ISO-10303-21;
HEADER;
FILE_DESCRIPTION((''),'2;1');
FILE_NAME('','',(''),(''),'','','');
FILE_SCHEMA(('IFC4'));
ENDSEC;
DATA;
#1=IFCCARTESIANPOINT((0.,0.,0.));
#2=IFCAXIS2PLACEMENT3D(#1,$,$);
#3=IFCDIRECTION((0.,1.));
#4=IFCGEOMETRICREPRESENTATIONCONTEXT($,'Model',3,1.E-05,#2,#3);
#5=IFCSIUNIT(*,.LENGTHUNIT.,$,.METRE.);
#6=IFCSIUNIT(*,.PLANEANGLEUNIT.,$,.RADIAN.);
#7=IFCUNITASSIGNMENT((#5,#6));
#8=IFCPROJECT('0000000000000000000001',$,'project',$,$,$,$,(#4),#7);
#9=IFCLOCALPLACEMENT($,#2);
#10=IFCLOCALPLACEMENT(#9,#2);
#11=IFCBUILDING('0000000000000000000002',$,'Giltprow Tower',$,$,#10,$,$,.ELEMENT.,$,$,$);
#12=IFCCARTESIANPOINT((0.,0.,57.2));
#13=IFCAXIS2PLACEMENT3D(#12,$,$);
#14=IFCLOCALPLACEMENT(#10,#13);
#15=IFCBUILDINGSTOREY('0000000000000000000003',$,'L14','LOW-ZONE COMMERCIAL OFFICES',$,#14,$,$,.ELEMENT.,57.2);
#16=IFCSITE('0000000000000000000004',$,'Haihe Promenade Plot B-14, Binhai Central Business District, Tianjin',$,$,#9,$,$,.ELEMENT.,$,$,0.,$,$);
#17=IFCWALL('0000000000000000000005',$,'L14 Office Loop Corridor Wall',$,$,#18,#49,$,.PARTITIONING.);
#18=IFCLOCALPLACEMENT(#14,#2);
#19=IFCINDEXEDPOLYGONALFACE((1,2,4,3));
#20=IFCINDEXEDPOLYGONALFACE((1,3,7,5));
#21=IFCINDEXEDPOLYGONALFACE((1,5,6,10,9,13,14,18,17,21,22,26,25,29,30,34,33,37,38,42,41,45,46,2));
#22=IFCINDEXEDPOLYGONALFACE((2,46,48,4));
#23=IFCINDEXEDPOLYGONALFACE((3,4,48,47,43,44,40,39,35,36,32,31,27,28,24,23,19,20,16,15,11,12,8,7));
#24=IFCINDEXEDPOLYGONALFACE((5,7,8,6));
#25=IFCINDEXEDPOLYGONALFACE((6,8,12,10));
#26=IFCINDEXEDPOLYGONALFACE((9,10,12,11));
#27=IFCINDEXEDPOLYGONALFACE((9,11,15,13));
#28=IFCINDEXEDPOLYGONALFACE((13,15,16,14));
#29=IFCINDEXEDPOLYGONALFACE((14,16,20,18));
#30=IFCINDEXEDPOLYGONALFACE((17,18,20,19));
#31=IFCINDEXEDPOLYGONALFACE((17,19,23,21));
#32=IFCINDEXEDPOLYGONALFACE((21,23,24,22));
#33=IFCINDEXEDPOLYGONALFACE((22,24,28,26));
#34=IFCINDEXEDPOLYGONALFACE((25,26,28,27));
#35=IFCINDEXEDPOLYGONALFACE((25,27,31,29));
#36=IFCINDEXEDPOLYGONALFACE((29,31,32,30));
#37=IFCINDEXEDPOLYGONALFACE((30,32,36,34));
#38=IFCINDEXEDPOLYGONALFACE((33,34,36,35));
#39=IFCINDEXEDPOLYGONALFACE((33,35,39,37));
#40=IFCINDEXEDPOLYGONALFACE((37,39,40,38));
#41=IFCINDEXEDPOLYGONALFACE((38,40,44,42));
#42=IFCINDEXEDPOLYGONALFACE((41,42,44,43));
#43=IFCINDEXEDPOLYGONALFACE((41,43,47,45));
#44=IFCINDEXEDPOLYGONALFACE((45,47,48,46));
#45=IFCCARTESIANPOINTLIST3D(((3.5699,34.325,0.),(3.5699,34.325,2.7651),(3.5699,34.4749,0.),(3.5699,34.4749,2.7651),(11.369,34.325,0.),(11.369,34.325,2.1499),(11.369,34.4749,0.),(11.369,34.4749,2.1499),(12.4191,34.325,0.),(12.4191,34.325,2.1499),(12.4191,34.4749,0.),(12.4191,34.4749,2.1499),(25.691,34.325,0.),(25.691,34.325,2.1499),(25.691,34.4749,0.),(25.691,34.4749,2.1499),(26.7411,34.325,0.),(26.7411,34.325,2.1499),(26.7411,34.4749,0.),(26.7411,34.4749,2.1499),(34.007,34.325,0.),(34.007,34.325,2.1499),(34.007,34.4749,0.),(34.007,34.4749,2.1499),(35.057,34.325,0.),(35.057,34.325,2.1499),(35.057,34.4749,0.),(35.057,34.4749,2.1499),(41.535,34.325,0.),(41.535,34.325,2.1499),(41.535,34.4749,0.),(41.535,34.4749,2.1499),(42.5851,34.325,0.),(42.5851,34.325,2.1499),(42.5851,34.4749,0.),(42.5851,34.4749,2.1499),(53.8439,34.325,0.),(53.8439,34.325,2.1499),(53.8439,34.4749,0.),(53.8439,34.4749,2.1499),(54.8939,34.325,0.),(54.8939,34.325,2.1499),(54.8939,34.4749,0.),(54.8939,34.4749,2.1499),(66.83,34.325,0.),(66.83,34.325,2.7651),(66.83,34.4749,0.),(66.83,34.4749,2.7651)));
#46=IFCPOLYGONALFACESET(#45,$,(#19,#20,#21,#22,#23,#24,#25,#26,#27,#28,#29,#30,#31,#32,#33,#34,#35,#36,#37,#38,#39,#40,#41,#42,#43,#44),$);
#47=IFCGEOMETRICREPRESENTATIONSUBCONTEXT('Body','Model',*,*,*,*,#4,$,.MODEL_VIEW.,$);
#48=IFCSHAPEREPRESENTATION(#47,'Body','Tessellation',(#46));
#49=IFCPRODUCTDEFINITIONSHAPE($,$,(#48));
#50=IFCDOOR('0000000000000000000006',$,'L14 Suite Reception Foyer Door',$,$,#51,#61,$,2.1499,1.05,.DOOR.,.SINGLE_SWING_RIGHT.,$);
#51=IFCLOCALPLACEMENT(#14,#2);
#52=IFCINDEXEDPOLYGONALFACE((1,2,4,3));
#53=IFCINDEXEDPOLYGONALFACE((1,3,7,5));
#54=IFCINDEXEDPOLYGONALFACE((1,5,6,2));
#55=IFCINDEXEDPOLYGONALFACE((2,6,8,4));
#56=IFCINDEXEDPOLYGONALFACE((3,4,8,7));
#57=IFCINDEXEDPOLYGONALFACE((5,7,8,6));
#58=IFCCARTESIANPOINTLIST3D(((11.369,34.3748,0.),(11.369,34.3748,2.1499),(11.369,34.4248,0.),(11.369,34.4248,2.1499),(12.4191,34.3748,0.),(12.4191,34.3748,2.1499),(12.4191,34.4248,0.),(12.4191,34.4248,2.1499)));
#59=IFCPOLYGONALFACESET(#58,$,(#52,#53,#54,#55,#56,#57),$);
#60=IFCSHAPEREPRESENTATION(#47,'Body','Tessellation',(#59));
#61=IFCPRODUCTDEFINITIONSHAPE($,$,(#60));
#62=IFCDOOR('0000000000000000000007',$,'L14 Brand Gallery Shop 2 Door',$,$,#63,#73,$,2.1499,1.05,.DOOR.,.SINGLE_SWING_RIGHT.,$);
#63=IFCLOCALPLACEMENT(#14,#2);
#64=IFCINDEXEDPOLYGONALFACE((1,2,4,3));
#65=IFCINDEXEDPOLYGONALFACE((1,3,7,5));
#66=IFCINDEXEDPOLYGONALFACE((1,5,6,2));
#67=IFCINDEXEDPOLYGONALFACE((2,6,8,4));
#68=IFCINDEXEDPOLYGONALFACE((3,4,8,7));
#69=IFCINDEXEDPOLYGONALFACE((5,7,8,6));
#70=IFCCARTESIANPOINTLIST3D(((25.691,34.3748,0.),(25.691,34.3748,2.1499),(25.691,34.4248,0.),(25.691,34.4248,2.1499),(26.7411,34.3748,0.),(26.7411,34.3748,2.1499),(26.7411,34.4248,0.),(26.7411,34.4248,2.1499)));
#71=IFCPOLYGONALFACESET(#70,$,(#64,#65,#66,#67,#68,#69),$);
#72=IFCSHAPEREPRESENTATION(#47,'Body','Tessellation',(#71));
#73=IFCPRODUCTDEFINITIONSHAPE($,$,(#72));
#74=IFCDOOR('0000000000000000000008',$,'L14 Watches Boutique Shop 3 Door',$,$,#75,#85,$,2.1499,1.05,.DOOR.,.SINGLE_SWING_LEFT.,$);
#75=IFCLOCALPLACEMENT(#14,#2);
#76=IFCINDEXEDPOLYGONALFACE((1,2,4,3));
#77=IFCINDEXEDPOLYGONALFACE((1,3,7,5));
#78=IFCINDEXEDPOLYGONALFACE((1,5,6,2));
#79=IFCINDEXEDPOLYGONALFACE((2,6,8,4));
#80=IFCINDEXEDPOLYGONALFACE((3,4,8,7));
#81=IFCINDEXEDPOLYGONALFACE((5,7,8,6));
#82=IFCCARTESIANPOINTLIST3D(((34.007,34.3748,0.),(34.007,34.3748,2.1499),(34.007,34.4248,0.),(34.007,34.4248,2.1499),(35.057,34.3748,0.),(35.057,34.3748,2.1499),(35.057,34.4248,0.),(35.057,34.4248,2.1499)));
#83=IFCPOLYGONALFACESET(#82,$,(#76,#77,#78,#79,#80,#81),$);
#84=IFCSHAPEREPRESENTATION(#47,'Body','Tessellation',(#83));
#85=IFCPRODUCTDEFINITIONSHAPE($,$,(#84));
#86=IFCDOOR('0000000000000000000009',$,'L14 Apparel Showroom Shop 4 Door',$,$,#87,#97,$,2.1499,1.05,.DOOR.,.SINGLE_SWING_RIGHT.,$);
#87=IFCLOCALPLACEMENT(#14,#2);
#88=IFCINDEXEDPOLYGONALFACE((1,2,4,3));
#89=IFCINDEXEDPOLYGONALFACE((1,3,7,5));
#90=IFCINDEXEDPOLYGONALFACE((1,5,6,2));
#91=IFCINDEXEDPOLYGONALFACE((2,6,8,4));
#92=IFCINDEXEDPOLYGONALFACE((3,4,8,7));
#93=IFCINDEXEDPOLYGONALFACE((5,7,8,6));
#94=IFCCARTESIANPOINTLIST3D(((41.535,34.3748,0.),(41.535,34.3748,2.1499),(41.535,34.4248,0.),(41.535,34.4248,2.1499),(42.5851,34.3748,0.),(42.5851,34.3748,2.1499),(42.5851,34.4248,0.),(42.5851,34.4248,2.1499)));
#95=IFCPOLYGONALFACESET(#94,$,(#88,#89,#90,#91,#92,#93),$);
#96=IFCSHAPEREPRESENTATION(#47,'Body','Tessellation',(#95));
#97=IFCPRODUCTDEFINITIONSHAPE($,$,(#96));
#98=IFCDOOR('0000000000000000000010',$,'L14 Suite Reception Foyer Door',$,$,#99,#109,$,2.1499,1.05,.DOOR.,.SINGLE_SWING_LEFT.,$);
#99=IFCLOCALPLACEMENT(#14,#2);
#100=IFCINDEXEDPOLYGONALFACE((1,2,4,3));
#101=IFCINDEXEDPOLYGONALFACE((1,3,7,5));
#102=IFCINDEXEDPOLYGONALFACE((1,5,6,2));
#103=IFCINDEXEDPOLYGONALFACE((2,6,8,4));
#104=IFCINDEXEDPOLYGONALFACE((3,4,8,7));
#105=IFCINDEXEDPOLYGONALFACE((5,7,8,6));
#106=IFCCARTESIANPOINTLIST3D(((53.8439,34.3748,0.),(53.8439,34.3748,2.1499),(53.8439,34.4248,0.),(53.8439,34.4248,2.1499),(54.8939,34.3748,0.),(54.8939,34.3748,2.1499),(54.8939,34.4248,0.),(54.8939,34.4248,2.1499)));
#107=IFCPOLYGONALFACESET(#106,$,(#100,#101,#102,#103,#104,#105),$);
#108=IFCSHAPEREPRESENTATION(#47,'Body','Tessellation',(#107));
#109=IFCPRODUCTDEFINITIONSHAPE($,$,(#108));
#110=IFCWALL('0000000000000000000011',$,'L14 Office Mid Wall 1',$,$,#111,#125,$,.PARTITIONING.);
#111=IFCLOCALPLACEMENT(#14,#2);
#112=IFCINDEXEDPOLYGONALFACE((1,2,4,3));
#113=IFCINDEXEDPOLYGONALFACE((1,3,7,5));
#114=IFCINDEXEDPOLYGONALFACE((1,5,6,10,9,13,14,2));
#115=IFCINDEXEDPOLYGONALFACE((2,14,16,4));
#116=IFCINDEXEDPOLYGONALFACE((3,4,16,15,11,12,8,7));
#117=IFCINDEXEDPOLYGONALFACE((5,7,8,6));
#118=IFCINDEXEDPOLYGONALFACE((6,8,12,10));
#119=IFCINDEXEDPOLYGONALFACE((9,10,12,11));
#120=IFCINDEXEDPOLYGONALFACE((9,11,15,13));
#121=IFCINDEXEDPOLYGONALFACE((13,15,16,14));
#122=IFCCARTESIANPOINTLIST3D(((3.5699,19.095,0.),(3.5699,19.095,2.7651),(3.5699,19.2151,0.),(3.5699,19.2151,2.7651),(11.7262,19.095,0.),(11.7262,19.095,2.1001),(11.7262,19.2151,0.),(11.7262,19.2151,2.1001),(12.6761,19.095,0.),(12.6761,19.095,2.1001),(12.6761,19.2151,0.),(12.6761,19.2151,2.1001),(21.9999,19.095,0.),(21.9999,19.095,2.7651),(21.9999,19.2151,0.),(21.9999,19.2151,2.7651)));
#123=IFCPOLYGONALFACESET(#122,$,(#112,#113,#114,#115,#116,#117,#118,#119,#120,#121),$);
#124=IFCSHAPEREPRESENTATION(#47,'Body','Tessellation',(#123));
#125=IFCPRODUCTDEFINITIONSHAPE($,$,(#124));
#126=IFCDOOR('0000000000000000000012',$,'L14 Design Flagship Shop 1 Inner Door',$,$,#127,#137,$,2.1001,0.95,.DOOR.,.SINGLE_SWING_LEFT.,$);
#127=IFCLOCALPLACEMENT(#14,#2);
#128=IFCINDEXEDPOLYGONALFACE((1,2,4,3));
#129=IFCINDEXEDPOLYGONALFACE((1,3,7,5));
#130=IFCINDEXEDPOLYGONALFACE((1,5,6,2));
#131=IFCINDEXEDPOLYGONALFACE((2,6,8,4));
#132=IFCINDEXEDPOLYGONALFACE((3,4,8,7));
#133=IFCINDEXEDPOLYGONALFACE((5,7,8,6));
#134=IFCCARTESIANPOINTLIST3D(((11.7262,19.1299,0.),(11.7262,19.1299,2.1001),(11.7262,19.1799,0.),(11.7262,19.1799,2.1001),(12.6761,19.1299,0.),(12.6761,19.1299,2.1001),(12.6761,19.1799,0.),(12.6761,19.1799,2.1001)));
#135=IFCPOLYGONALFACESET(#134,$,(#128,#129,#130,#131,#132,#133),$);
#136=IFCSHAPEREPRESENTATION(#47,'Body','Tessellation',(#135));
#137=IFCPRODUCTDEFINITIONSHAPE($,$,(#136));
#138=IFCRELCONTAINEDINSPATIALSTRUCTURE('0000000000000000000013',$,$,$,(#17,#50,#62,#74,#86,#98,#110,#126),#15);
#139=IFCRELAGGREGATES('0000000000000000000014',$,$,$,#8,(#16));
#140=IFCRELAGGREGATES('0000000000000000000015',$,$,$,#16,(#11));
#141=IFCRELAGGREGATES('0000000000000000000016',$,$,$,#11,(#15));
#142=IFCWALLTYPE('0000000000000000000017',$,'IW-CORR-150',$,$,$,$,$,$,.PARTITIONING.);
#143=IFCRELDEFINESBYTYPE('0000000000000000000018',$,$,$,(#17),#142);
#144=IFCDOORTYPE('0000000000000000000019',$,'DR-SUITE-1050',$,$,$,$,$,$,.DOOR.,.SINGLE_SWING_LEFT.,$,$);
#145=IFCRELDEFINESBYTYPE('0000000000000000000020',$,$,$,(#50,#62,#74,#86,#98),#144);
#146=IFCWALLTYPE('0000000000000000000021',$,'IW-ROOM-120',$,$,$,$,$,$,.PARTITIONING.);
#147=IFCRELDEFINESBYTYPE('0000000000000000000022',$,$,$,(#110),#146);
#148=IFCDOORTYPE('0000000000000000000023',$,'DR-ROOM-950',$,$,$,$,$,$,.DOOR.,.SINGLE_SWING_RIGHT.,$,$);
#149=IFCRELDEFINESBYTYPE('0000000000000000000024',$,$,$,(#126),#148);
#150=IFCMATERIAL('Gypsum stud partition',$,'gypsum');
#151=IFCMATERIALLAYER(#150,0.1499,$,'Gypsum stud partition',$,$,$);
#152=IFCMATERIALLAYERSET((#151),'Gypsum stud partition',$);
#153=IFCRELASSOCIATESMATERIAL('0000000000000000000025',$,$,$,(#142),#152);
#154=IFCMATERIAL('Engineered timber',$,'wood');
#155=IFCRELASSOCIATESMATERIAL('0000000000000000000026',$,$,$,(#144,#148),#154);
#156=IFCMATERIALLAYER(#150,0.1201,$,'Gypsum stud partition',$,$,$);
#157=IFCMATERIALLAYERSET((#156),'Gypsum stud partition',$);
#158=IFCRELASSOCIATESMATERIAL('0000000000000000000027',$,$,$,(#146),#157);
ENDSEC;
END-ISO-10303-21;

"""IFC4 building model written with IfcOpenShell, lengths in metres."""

from ifc_helpers import new_model, si_unit, direction, frame, frame_2d, origin, place, context, subcontext, project, spatial, rectangle, extrude, source, transform, mapped, material, layer, layer_set, type_object, element, fill, save


model = new_model("IFC4")

# Units and contexts
model_context = context("Model", 3, precision=1e-05, world=origin(), true_north=direction((0.0, 1.0)))
body_context = subcontext(model_context, "Body", "Model", "MODEL_VIEW")
ifc_project = project(units=[si_unit("LENGTHUNIT", "METRE"), si_unit("PLANEANGLEUNIT", "RADIAN")], contexts=[model_context])

# Site, building, storey
site_placement = place(None, origin())
site = spatial("IfcSite", under=ifc_project, at=site_placement, Name="Haihe Promenade Plot B-14, Binhai Central Business District, Tianjin", CompositionType="ELEMENT", RefElevation=0.0)
building_placement = place(site_placement, origin())
building = spatial("IfcBuilding", under=site, at=building_placement, Name="Giltprow Tower", CompositionType="ELEMENT")
storey_placement = place(building_placement, frame((0.0, 0.0, 57.2)))
storey = spatial("IfcBuildingStorey", under=building, at=storey_placement, Name="L14", Description="LOW-ZONE COMMERCIAL OFFICES", CompositionType="ELEMENT", Elevation=57.2)

# Wall, openings, doors
ifc_material_1 = material(Name="Gypsum stud partition", Category="gypsum")
ifc_layer_1 = layer(ifc_material_1, 0.1499, Name="Gypsum stud partition")
ifc_layer_set_1 = layer_set([ifc_layer_1], Name="Gypsum stud partition")
wall_type_1 = type_object("IfcWallType", Name="IW-CORR-150", PredefinedType="PARTITIONING", material=ifc_layer_set_1)
wall_1_placement = place(storey_placement, frame((3.5701, 34.3999, 0.0), z_axis=(0.0, 0.0, 1.0), x_axis=(1.0, 0.0, 0.0)))
wall_1 = element("IfcWall", 1, at=wall_1_placement, inside=storey, type_object=wall_type_1, Name="L14 Office Loop Corridor Wall", PredefinedType="PARTITIONING", context=body_context, shape_type="SweptSolid", body=[
    extrude(rectangle(XDim=63.26, YDim=0.1499, at=frame_2d((31.6299, 0.0))), origin(), (0.0, 0.0, 1.0), 2.7651),
])
opening_1_placement = place(wall_1_placement, frame((7.7991, 0.0, 0.0)))
opening_1 = element("IfcOpeningElement", 2, at=opening_1_placement, cuts=wall_1, PredefinedType="OPENING", context=body_context, shape_type="SweptSolid", body=[
    extrude(rectangle(XDim=1.05, YDim=2.1499, at=frame_2d((0.5249, 1.075))), frame((0.0, 0.085, 0.0), z_axis=(0.0, -1.0, 0.0), x_axis=(1.0, 0.0, 0.0)), (0.0, 0.0, 1.0), 0.1699),
])
opening_2_placement = place(wall_1_placement, frame((22.1211, 0.0, 0.0)))
opening_2 = element("IfcOpeningElement", 3, at=opening_2_placement, cuts=wall_1, PredefinedType="OPENING", context=body_context, shape_type="SweptSolid", body=[
    extrude(rectangle(XDim=1.05, YDim=2.1499, at=frame_2d((0.5249, 1.075))), frame((0.0, 0.085, 0.0), z_axis=(0.0, -1.0, 0.0), x_axis=(1.0, 0.0, 0.0)), (0.0, 0.0, 1.0), 0.1699),
])
opening_3_placement = place(wall_1_placement, frame((30.437, 0.0, 0.0)))
opening_3 = element("IfcOpeningElement", 4, at=opening_3_placement, cuts=wall_1, PredefinedType="OPENING", context=body_context, shape_type="SweptSolid", body=[
    extrude(rectangle(XDim=1.05, YDim=2.1499, at=frame_2d((0.5249, 1.075))), frame((0.0, 0.085, 0.0), z_axis=(0.0, -1.0, 0.0), x_axis=(1.0, 0.0, 0.0)), (0.0, 0.0, 1.0), 0.1699),
])
opening_4_placement = place(wall_1_placement, frame((37.9651, 0.0, 0.0)))
opening_4 = element("IfcOpeningElement", 5, at=opening_4_placement, cuts=wall_1, PredefinedType="OPENING", context=body_context, shape_type="SweptSolid", body=[
    extrude(rectangle(XDim=1.05, YDim=2.1499, at=frame_2d((0.5249, 1.075))), frame((0.0, 0.085, 0.0), z_axis=(0.0, -1.0, 0.0), x_axis=(1.0, 0.0, 0.0)), (0.0, 0.0, 1.0), 0.1699),
])
opening_5_placement = place(wall_1_placement, frame((50.2739, 0.0, 0.0)))
opening_5 = element("IfcOpeningElement", 6, at=opening_5_placement, cuts=wall_1, PredefinedType="OPENING", context=body_context, shape_type="SweptSolid", body=[
    extrude(rectangle(XDim=1.05, YDim=2.1499, at=frame_2d((0.5249, 1.075))), frame((0.0, 0.085, 0.0), z_axis=(0.0, -1.0, 0.0), x_axis=(1.0, 0.0, 0.0)), (0.0, 0.0, 1.0), 0.1699),
])
ifc_material_2 = material(Name="Engineered timber", Category="wood")
door_type_1 = type_object("IfcDoorType", Name="DR-SUITE-1050", OperationType="SINGLE_SWING_LEFT", PredefinedType="DOOR", material=ifc_material_2)
shared_shape_1 = source(origin(), body_context, "Body", "SweptSolid", [
    extrude(rectangle(XDim=1.05, YDim=2.1499, at=frame_2d((0.5249, 1.075))), frame((0.0, 0.0249, 0.0), z_axis=(0.0, -1.0, 0.0), x_axis=(1.0, 0.0, 0.0)), (0.0, 0.0, 1.0), 0.05),
])
door_1_placement = place(opening_1_placement, origin())
door_1 = element("IfcDoor", 7, at=door_1_placement, inside=storey, type_object=door_type_1, Name="L14 Suite Reception Foyer Door", OperationType="SINGLE_SWING_RIGHT", OverallHeight=2.1499, OverallWidth=1.05, PredefinedType="DOOR", context=body_context, shape_type="MappedRepresentation", body=[
    mapped(shared_shape_1, transform((0.0, 0.0, 0.0), x_axis=(1.0, 0.0, 0.0), y_axis=(0.0, 1.0, 0.0), z_axis=(0.0, 0.0, 1.0), scale=1.0)),
])
fill(opening_1, door_1)
door_2_placement = place(opening_2_placement, origin())
door_2 = element("IfcDoor", 8, at=door_2_placement, inside=storey, type_object=door_type_1, Name="L14 Brand Gallery Shop 2 Door", OperationType="SINGLE_SWING_RIGHT", OverallHeight=2.1499, OverallWidth=1.05, PredefinedType="DOOR", context=body_context, shape_type="MappedRepresentation", body=[
    mapped(shared_shape_1, transform((0.0, 0.0, 0.0), x_axis=(1.0, 0.0, 0.0), y_axis=(0.0, 1.0, 0.0), z_axis=(0.0, 0.0, 1.0), scale=1.0)),
])
fill(opening_2, door_2)
door_3_placement = place(opening_3_placement, origin())
door_3 = element("IfcDoor", 9, at=door_3_placement, inside=storey, type_object=door_type_1, Name="L14 Watches Boutique Shop 3 Door", OperationType="SINGLE_SWING_LEFT", OverallHeight=2.1499, OverallWidth=1.05, PredefinedType="DOOR", context=body_context, shape_type="MappedRepresentation", body=[
    mapped(shared_shape_1, transform((0.0, 0.0, 0.0), x_axis=(1.0, 0.0, 0.0), y_axis=(0.0, 1.0, 0.0), z_axis=(0.0, 0.0, 1.0), scale=1.0)),
])
fill(opening_3, door_3)
door_4_placement = place(opening_4_placement, origin())
door_4 = element("IfcDoor", 10, at=door_4_placement, inside=storey, type_object=door_type_1, Name="L14 Apparel Showroom Shop 4 Door", OperationType="SINGLE_SWING_RIGHT", OverallHeight=2.1499, OverallWidth=1.05, PredefinedType="DOOR", context=body_context, shape_type="MappedRepresentation", body=[
    mapped(shared_shape_1, transform((0.0, 0.0, 0.0), x_axis=(1.0, 0.0, 0.0), y_axis=(0.0, 1.0, 0.0), z_axis=(0.0, 0.0, 1.0), scale=1.0)),
])
fill(opening_4, door_4)
door_5_placement = place(opening_5_placement, origin())
door_5 = element("IfcDoor", 11, at=door_5_placement, inside=storey, type_object=door_type_1, Name="L14 Suite Reception Foyer Door", OperationType="SINGLE_SWING_LEFT", OverallHeight=2.1499, OverallWidth=1.05, PredefinedType="DOOR", context=body_context, shape_type="MappedRepresentation", body=[
    mapped(shared_shape_1, transform((0.0, 0.0, 0.0), x_axis=(1.0, 0.0, 0.0), y_axis=(0.0, 1.0, 0.0), z_axis=(0.0, 0.0, 1.0), scale=1.0)),
])
fill(opening_5, door_5)

# Wall, opening, door
ifc_layer_2 = layer(ifc_material_1, 0.1201, Name="Gypsum stud partition")
ifc_layer_set_2 = layer_set([ifc_layer_2], Name="Gypsum stud partition")
wall_type_2 = type_object("IfcWallType", Name="IW-ROOM-120", PredefinedType="PARTITIONING", material=ifc_layer_set_2)
wall_2_placement = place(storey_placement, frame((3.5701, 19.155, 0.0), z_axis=(0.0, 0.0, 1.0), x_axis=(1.0, 0.0, 0.0)))
wall_2 = element("IfcWall", 12, at=wall_2_placement, inside=storey, type_object=wall_type_2, Name="L14 Office Mid Wall 1", PredefinedType="PARTITIONING", context=body_context, shape_type="SweptSolid", body=[
    extrude(rectangle(XDim=18.4299, YDim=0.1201, at=frame_2d((9.2148, 0.0))), origin(), (0.0, 0.0, 1.0), 2.7651),
])
opening_6_placement = place(wall_2_placement, frame((8.156, 0.0, 0.0)))
opening_6 = element("IfcOpeningElement", 13, at=opening_6_placement, cuts=wall_2, PredefinedType="OPENING", context=body_context, shape_type="SweptSolid", body=[
    extrude(rectangle(XDim=0.95, YDim=2.1001, at=frame_2d((0.4751, 1.05))), frame((0.0, 0.0701, 0.0), z_axis=(0.0, -1.0, 0.0), x_axis=(1.0, 0.0, 0.0)), (0.0, 0.0, 1.0), 0.1401),
])
door_type_2 = type_object("IfcDoorType", Name="DR-ROOM-950", OperationType="SINGLE_SWING_RIGHT", PredefinedType="DOOR", material=ifc_material_2)
shared_shape_2 = source(origin(), body_context, "Body", "SweptSolid", [
    extrude(rectangle(XDim=0.95, YDim=2.1001, at=frame_2d((0.4751, 1.05))), frame((0.0, 0.0249, 0.0), z_axis=(0.0, -1.0, 0.0), x_axis=(1.0, 0.0, 0.0)), (0.0, 0.0, 1.0), 0.05),
])
door_6_placement = place(opening_6_placement, origin())
door_6 = element("IfcDoor", 14, at=door_6_placement, inside=storey, type_object=door_type_2, Name="L14 Design Flagship Shop 1 Inner Door", OperationType="SINGLE_SWING_LEFT", OverallHeight=2.1001, OverallWidth=0.95, PredefinedType="DOOR", context=body_context, shape_type="MappedRepresentation", body=[
    mapped(shared_shape_2, transform((0.0, 0.0, 0.0), x_axis=(1.0, 0.0, 0.0), y_axis=(0.0, 1.0, 0.0), z_axis=(0.0, 0.0, 1.0), scale=1.0)),
])
fill(opening_6, door_6)

save(model, "model.ifc")
